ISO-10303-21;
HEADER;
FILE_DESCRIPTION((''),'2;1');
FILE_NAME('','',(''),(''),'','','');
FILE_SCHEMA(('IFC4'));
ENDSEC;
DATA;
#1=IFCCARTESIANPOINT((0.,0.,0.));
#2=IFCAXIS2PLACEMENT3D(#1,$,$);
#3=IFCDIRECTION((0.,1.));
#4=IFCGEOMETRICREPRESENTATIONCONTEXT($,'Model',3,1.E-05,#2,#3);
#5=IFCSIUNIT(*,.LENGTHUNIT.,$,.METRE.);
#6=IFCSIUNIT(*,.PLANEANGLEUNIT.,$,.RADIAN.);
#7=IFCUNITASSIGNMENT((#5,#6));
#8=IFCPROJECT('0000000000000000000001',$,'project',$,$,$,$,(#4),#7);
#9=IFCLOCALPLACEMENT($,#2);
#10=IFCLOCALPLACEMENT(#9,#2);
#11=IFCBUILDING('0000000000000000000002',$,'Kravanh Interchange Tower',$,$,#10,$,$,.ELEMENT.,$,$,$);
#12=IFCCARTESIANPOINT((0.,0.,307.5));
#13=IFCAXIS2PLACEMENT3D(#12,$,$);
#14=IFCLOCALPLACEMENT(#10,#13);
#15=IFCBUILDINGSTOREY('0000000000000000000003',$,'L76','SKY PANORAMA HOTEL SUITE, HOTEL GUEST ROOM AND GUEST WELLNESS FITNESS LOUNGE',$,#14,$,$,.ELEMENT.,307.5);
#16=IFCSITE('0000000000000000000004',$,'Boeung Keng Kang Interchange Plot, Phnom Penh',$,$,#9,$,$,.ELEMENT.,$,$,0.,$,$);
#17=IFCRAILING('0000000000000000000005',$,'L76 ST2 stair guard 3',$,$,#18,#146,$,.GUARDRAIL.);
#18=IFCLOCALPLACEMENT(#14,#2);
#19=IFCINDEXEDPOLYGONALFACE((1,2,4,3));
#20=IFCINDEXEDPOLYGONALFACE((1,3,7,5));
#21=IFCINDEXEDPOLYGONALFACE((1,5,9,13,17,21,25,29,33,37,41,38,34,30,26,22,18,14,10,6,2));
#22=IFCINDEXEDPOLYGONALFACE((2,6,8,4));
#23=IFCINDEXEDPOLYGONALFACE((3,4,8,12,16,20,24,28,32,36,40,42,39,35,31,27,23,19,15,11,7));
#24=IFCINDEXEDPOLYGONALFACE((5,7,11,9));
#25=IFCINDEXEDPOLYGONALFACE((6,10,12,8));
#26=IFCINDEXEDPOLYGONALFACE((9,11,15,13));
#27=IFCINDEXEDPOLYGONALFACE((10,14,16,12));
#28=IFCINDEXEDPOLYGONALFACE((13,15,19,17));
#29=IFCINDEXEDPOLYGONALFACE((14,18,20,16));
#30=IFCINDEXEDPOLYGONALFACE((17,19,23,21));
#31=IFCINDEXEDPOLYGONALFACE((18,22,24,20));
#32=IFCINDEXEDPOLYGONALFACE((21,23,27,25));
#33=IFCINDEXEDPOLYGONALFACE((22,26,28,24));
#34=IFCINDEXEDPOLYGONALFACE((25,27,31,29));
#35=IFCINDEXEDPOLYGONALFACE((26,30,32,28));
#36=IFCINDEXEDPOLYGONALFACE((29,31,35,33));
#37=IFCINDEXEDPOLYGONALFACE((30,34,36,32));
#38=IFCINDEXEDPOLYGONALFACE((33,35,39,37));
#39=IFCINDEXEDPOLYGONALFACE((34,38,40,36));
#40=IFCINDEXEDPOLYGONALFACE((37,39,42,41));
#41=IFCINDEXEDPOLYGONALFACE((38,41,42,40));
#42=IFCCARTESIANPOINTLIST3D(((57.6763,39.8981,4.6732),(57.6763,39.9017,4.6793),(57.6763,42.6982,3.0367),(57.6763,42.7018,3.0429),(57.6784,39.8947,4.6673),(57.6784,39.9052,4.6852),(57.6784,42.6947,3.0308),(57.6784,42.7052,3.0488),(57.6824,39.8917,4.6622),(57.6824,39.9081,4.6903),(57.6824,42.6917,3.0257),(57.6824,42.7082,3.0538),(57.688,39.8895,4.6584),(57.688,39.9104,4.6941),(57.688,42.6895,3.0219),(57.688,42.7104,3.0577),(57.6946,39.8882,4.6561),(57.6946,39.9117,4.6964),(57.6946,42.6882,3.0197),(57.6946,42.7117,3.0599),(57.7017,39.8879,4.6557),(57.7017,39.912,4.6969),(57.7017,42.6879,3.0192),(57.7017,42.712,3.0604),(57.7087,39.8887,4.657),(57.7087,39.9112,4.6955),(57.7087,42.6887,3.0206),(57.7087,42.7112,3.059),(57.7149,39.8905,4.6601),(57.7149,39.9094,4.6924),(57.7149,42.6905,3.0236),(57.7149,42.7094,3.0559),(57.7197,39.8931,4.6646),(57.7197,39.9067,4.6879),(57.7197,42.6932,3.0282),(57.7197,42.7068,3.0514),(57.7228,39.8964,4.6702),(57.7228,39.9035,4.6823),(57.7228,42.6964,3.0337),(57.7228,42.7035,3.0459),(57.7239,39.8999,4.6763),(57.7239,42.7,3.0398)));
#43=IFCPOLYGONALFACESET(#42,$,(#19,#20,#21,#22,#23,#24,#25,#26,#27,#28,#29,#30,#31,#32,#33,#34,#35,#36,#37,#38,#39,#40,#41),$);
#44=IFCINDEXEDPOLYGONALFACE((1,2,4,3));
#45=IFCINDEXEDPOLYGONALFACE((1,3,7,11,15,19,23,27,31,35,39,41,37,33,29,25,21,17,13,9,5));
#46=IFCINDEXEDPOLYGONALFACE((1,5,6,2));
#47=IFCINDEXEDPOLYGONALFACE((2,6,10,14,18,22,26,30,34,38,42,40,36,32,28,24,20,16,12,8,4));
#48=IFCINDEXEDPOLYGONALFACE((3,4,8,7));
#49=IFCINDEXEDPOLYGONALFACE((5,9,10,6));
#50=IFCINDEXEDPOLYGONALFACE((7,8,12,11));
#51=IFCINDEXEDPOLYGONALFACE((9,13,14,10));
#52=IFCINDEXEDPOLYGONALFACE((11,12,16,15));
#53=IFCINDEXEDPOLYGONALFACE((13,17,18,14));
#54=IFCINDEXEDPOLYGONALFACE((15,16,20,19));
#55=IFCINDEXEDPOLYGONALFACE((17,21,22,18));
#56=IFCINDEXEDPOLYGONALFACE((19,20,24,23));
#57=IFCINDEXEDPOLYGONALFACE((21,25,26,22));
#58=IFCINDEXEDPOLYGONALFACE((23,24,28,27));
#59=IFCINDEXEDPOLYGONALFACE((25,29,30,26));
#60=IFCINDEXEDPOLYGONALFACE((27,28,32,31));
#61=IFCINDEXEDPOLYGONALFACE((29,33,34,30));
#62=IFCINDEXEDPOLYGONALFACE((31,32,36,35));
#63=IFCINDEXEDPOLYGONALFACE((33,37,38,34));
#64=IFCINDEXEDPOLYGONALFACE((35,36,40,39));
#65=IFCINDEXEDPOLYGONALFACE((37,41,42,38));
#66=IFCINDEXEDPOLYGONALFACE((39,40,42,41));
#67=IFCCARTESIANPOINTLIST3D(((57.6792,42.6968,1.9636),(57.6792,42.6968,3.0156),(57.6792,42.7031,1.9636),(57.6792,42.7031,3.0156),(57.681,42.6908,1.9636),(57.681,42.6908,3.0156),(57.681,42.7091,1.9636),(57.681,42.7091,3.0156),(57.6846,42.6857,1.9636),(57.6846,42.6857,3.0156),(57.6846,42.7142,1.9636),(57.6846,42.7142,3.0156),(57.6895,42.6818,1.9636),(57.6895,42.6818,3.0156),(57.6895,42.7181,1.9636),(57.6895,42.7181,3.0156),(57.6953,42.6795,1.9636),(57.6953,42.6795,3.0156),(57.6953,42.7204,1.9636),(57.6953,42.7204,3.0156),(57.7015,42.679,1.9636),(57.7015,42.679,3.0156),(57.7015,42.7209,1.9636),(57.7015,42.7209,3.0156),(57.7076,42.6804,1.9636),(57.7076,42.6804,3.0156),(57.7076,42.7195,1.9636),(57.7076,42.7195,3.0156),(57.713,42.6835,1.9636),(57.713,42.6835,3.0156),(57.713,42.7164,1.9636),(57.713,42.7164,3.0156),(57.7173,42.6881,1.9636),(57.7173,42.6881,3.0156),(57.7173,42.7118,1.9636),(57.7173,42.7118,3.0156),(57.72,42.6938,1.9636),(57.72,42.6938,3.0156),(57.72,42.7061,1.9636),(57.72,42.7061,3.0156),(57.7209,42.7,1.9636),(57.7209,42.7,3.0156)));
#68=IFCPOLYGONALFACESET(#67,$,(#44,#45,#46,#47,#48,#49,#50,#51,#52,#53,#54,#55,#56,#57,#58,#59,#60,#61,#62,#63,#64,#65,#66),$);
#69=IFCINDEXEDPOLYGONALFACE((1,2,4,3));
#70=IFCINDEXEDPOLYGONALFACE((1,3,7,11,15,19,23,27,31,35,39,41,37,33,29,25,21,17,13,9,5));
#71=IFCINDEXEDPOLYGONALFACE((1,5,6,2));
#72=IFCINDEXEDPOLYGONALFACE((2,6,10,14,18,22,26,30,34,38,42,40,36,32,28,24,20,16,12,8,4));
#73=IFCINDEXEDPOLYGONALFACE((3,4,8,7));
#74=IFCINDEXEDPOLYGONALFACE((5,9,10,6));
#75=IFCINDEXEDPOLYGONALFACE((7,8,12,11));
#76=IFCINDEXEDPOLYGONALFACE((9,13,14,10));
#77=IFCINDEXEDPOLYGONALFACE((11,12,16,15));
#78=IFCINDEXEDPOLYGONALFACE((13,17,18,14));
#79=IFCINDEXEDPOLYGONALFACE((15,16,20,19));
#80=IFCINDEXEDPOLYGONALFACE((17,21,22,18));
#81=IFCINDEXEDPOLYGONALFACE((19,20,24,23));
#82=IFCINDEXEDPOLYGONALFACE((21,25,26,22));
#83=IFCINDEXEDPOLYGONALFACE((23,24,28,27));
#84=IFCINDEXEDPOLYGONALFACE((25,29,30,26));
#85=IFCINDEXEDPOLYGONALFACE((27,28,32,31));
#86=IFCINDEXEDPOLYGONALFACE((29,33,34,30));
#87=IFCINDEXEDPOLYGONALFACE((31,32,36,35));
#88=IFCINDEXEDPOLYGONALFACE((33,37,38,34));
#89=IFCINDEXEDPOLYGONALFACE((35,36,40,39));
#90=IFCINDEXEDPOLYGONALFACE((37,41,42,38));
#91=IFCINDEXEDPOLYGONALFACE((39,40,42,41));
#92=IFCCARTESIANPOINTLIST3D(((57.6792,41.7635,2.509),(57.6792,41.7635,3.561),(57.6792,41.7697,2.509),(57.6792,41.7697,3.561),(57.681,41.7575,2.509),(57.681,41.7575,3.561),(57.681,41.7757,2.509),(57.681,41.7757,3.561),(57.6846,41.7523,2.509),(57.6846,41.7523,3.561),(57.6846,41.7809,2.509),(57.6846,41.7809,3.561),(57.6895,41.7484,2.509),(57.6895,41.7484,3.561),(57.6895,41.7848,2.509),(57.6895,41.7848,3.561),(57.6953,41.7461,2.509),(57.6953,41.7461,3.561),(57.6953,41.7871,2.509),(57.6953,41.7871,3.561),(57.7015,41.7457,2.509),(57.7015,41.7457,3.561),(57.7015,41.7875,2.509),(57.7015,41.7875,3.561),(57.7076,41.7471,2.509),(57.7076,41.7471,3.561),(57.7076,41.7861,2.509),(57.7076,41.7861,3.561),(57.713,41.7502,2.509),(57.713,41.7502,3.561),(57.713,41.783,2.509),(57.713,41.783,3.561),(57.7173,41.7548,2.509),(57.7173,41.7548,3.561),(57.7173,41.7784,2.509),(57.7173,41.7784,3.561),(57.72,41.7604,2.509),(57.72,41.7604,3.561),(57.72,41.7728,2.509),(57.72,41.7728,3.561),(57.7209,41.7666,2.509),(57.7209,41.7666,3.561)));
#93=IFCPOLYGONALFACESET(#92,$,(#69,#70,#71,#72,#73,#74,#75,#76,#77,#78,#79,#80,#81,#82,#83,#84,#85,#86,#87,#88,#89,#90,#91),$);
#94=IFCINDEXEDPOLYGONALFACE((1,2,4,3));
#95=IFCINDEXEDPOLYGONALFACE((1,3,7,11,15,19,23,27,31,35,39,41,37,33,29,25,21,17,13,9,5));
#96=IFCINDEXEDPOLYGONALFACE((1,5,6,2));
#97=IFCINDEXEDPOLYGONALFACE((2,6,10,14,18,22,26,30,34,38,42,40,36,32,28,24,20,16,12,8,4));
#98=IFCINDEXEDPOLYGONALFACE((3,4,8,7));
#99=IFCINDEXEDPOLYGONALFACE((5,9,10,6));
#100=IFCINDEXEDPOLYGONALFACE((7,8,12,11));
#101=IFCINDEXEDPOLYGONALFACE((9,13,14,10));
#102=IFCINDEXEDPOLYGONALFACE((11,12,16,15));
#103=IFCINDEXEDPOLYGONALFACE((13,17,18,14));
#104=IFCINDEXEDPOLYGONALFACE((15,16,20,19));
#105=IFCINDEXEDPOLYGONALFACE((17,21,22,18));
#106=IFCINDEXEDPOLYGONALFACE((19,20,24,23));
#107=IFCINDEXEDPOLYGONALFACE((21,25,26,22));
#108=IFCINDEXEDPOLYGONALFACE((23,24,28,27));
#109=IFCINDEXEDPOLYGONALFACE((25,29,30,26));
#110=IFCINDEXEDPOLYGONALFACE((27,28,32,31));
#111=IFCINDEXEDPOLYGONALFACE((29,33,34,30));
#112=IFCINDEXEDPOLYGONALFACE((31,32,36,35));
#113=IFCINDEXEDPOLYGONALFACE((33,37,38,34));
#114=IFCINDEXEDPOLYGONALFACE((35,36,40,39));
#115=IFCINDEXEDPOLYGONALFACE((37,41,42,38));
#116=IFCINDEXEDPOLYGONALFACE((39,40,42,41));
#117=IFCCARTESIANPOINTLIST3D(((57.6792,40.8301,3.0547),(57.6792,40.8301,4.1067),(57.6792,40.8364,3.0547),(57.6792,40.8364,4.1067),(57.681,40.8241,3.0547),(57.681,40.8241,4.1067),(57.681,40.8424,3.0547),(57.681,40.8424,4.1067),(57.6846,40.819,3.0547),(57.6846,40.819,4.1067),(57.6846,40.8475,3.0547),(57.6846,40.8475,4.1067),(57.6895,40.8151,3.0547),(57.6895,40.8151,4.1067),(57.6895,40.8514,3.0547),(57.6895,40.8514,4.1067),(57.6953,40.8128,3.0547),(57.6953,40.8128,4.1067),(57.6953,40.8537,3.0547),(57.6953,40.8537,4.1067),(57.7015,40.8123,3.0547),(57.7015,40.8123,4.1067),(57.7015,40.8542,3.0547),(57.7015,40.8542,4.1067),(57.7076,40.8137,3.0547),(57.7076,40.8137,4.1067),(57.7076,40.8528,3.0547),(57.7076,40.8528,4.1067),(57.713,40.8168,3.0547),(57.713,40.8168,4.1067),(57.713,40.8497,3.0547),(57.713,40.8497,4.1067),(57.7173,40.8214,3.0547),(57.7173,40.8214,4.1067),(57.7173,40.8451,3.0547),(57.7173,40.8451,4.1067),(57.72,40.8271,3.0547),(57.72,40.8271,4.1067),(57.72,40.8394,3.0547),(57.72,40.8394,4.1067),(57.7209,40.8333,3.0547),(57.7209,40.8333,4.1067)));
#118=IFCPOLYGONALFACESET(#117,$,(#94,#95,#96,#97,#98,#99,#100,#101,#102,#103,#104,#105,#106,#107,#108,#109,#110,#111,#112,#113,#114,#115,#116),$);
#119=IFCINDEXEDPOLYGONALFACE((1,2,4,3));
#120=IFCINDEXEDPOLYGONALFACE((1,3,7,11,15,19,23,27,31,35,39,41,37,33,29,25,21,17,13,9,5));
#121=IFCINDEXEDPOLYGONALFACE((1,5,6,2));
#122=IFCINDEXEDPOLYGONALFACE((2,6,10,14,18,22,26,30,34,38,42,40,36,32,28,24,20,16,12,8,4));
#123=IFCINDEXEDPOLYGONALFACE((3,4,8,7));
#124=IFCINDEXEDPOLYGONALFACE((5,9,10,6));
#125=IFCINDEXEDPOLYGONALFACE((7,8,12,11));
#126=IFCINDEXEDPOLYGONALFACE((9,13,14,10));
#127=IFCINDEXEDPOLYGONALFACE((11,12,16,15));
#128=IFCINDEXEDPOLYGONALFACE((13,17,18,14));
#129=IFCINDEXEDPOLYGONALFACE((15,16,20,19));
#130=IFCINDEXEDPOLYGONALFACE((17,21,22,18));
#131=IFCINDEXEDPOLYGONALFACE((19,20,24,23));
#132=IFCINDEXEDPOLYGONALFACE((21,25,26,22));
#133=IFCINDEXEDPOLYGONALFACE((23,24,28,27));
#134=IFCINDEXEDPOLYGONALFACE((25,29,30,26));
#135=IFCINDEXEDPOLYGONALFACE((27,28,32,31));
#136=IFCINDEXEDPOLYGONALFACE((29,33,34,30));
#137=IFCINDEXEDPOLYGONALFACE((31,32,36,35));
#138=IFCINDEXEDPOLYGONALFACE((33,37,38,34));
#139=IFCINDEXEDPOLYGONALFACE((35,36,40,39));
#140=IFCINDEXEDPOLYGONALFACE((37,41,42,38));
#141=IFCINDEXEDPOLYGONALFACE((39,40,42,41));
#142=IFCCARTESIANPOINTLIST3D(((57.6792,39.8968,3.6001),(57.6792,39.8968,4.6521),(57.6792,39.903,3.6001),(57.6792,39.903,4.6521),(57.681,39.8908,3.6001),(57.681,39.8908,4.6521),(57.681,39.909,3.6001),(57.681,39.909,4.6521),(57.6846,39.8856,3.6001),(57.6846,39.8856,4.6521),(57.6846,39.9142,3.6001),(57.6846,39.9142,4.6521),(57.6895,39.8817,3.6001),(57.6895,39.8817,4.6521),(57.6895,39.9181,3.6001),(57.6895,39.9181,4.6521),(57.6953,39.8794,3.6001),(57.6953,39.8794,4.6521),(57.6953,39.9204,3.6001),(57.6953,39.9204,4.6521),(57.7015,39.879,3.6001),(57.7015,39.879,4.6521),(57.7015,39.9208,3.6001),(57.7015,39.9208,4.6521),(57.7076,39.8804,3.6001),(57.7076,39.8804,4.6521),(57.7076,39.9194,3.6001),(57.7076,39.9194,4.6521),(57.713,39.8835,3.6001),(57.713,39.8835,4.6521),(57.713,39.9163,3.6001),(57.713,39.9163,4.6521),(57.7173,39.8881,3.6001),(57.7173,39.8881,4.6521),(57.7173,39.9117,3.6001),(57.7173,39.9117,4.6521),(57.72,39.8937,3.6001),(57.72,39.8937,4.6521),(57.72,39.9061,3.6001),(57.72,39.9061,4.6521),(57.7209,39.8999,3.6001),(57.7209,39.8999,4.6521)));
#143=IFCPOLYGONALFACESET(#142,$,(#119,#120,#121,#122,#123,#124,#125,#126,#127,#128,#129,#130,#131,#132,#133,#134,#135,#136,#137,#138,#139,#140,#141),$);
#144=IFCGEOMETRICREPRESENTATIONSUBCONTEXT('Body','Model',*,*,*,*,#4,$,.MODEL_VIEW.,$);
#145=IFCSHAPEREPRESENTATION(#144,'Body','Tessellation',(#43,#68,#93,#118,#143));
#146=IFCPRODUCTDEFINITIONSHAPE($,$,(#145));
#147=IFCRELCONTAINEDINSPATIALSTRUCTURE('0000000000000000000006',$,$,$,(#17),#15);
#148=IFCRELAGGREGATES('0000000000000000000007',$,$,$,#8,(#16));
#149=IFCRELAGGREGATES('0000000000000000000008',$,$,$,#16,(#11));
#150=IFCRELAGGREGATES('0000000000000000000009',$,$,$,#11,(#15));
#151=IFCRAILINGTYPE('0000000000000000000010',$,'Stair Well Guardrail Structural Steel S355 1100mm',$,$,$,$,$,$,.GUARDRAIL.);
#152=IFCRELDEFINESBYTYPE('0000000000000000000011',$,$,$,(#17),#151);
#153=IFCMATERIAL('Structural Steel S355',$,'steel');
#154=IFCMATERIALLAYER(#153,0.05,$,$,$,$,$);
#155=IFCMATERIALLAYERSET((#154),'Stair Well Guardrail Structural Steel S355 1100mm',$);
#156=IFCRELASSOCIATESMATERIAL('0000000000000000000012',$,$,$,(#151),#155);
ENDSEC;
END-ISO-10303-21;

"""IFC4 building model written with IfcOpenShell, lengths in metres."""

from ifc_helpers import new_model, si_unit, direction, frame, origin, origin_2d, place, context, subcontext, project, spatial, circle, extrude, material, layer, layer_set, type_object, element, save


model = new_model("IFC4")

# Units and contexts
model_context = context("Model", 3, precision=1e-05, world=origin(), true_north=direction((0.0, 1.0)))
body_context = subcontext(model_context, "Body", "Model", "MODEL_VIEW")
ifc_project = project(units=[si_unit("LENGTHUNIT", "METRE"), si_unit("PLANEANGLEUNIT", "RADIAN")], contexts=[model_context])

# Site, building, storey
site_placement = place(None, origin())
site = spatial("IfcSite", under=ifc_project, at=site_placement, Name="Boeung Keng Kang Interchange Plot, Phnom Penh", CompositionType="ELEMENT", RefElevation=0.0)
building_placement = place(site_placement, origin())
building = spatial("IfcBuilding", under=site, at=building_placement, Name="Kravanh Interchange Tower", CompositionType="ELEMENT")
storey_placement = place(building_placement, frame((0.0, 0.0, 307.5)))
storey = spatial("IfcBuildingStorey", under=building, at=storey_placement, Name="L76", Description="SKY PANORAMA HOTEL SUITE, HOTEL GUEST ROOM AND GUEST WELLNESS FITNESS LOUNGE", CompositionType="ELEMENT", Elevation=307.5)

# Railing
ifc_material_1 = material(Name="Structural Steel S355", Category="steel")
ifc_layer_1 = layer(ifc_material_1, 0.05)
ifc_layer_set_1 = layer_set([ifc_layer_1], Name="Stair Well Guardrail Structural Steel S355 1100mm")
railing_type_1 = type_object("IfcRailingType", Name="Stair Well Guardrail Structural Steel S355 1100mm", PredefinedType="GUARDRAIL", material=ifc_layer_set_1)
railing_1_placement = place(storey_placement, frame((57.7, 42.7, 1.9636)))
element("IfcRailing", 1, at=railing_1_placement, inside=storey, type_object=railing_type_1, Name="L76 ST2 stair guard 3", PredefinedType="GUARDRAIL", context=body_context, shape_type="SweptSolid", body=[
    extrude(circle(Radius=0.0239, at=origin_2d()), frame((0.0, 0.0, 1.0762), z_axis=(0.0, -0.863361, 0.504587), x_axis=(1.0, 0.0, 0.0)), (0.0, 0.0, 1.0), 3.2432),
    extrude(circle(Radius=0.021, at=origin_2d()), origin(), (0.0, 0.0, 1.0), 1.052),
    extrude(circle(Radius=0.021, at=origin_2d()), frame((0.0, -0.9333, 0.5454)), (0.0, 0.0, 1.0), 1.052),
    extrude(circle(Radius=0.021, at=origin_2d()), frame((0.0, -1.8667, 1.0911)), (0.0, 0.0, 1.0), 1.052),
    extrude(circle(Radius=0.021, at=origin_2d()), frame((0.0, -2.8, 1.6365)), (0.0, 0.0, 1.0), 1.052),
])

save(model, "model.ifc")
